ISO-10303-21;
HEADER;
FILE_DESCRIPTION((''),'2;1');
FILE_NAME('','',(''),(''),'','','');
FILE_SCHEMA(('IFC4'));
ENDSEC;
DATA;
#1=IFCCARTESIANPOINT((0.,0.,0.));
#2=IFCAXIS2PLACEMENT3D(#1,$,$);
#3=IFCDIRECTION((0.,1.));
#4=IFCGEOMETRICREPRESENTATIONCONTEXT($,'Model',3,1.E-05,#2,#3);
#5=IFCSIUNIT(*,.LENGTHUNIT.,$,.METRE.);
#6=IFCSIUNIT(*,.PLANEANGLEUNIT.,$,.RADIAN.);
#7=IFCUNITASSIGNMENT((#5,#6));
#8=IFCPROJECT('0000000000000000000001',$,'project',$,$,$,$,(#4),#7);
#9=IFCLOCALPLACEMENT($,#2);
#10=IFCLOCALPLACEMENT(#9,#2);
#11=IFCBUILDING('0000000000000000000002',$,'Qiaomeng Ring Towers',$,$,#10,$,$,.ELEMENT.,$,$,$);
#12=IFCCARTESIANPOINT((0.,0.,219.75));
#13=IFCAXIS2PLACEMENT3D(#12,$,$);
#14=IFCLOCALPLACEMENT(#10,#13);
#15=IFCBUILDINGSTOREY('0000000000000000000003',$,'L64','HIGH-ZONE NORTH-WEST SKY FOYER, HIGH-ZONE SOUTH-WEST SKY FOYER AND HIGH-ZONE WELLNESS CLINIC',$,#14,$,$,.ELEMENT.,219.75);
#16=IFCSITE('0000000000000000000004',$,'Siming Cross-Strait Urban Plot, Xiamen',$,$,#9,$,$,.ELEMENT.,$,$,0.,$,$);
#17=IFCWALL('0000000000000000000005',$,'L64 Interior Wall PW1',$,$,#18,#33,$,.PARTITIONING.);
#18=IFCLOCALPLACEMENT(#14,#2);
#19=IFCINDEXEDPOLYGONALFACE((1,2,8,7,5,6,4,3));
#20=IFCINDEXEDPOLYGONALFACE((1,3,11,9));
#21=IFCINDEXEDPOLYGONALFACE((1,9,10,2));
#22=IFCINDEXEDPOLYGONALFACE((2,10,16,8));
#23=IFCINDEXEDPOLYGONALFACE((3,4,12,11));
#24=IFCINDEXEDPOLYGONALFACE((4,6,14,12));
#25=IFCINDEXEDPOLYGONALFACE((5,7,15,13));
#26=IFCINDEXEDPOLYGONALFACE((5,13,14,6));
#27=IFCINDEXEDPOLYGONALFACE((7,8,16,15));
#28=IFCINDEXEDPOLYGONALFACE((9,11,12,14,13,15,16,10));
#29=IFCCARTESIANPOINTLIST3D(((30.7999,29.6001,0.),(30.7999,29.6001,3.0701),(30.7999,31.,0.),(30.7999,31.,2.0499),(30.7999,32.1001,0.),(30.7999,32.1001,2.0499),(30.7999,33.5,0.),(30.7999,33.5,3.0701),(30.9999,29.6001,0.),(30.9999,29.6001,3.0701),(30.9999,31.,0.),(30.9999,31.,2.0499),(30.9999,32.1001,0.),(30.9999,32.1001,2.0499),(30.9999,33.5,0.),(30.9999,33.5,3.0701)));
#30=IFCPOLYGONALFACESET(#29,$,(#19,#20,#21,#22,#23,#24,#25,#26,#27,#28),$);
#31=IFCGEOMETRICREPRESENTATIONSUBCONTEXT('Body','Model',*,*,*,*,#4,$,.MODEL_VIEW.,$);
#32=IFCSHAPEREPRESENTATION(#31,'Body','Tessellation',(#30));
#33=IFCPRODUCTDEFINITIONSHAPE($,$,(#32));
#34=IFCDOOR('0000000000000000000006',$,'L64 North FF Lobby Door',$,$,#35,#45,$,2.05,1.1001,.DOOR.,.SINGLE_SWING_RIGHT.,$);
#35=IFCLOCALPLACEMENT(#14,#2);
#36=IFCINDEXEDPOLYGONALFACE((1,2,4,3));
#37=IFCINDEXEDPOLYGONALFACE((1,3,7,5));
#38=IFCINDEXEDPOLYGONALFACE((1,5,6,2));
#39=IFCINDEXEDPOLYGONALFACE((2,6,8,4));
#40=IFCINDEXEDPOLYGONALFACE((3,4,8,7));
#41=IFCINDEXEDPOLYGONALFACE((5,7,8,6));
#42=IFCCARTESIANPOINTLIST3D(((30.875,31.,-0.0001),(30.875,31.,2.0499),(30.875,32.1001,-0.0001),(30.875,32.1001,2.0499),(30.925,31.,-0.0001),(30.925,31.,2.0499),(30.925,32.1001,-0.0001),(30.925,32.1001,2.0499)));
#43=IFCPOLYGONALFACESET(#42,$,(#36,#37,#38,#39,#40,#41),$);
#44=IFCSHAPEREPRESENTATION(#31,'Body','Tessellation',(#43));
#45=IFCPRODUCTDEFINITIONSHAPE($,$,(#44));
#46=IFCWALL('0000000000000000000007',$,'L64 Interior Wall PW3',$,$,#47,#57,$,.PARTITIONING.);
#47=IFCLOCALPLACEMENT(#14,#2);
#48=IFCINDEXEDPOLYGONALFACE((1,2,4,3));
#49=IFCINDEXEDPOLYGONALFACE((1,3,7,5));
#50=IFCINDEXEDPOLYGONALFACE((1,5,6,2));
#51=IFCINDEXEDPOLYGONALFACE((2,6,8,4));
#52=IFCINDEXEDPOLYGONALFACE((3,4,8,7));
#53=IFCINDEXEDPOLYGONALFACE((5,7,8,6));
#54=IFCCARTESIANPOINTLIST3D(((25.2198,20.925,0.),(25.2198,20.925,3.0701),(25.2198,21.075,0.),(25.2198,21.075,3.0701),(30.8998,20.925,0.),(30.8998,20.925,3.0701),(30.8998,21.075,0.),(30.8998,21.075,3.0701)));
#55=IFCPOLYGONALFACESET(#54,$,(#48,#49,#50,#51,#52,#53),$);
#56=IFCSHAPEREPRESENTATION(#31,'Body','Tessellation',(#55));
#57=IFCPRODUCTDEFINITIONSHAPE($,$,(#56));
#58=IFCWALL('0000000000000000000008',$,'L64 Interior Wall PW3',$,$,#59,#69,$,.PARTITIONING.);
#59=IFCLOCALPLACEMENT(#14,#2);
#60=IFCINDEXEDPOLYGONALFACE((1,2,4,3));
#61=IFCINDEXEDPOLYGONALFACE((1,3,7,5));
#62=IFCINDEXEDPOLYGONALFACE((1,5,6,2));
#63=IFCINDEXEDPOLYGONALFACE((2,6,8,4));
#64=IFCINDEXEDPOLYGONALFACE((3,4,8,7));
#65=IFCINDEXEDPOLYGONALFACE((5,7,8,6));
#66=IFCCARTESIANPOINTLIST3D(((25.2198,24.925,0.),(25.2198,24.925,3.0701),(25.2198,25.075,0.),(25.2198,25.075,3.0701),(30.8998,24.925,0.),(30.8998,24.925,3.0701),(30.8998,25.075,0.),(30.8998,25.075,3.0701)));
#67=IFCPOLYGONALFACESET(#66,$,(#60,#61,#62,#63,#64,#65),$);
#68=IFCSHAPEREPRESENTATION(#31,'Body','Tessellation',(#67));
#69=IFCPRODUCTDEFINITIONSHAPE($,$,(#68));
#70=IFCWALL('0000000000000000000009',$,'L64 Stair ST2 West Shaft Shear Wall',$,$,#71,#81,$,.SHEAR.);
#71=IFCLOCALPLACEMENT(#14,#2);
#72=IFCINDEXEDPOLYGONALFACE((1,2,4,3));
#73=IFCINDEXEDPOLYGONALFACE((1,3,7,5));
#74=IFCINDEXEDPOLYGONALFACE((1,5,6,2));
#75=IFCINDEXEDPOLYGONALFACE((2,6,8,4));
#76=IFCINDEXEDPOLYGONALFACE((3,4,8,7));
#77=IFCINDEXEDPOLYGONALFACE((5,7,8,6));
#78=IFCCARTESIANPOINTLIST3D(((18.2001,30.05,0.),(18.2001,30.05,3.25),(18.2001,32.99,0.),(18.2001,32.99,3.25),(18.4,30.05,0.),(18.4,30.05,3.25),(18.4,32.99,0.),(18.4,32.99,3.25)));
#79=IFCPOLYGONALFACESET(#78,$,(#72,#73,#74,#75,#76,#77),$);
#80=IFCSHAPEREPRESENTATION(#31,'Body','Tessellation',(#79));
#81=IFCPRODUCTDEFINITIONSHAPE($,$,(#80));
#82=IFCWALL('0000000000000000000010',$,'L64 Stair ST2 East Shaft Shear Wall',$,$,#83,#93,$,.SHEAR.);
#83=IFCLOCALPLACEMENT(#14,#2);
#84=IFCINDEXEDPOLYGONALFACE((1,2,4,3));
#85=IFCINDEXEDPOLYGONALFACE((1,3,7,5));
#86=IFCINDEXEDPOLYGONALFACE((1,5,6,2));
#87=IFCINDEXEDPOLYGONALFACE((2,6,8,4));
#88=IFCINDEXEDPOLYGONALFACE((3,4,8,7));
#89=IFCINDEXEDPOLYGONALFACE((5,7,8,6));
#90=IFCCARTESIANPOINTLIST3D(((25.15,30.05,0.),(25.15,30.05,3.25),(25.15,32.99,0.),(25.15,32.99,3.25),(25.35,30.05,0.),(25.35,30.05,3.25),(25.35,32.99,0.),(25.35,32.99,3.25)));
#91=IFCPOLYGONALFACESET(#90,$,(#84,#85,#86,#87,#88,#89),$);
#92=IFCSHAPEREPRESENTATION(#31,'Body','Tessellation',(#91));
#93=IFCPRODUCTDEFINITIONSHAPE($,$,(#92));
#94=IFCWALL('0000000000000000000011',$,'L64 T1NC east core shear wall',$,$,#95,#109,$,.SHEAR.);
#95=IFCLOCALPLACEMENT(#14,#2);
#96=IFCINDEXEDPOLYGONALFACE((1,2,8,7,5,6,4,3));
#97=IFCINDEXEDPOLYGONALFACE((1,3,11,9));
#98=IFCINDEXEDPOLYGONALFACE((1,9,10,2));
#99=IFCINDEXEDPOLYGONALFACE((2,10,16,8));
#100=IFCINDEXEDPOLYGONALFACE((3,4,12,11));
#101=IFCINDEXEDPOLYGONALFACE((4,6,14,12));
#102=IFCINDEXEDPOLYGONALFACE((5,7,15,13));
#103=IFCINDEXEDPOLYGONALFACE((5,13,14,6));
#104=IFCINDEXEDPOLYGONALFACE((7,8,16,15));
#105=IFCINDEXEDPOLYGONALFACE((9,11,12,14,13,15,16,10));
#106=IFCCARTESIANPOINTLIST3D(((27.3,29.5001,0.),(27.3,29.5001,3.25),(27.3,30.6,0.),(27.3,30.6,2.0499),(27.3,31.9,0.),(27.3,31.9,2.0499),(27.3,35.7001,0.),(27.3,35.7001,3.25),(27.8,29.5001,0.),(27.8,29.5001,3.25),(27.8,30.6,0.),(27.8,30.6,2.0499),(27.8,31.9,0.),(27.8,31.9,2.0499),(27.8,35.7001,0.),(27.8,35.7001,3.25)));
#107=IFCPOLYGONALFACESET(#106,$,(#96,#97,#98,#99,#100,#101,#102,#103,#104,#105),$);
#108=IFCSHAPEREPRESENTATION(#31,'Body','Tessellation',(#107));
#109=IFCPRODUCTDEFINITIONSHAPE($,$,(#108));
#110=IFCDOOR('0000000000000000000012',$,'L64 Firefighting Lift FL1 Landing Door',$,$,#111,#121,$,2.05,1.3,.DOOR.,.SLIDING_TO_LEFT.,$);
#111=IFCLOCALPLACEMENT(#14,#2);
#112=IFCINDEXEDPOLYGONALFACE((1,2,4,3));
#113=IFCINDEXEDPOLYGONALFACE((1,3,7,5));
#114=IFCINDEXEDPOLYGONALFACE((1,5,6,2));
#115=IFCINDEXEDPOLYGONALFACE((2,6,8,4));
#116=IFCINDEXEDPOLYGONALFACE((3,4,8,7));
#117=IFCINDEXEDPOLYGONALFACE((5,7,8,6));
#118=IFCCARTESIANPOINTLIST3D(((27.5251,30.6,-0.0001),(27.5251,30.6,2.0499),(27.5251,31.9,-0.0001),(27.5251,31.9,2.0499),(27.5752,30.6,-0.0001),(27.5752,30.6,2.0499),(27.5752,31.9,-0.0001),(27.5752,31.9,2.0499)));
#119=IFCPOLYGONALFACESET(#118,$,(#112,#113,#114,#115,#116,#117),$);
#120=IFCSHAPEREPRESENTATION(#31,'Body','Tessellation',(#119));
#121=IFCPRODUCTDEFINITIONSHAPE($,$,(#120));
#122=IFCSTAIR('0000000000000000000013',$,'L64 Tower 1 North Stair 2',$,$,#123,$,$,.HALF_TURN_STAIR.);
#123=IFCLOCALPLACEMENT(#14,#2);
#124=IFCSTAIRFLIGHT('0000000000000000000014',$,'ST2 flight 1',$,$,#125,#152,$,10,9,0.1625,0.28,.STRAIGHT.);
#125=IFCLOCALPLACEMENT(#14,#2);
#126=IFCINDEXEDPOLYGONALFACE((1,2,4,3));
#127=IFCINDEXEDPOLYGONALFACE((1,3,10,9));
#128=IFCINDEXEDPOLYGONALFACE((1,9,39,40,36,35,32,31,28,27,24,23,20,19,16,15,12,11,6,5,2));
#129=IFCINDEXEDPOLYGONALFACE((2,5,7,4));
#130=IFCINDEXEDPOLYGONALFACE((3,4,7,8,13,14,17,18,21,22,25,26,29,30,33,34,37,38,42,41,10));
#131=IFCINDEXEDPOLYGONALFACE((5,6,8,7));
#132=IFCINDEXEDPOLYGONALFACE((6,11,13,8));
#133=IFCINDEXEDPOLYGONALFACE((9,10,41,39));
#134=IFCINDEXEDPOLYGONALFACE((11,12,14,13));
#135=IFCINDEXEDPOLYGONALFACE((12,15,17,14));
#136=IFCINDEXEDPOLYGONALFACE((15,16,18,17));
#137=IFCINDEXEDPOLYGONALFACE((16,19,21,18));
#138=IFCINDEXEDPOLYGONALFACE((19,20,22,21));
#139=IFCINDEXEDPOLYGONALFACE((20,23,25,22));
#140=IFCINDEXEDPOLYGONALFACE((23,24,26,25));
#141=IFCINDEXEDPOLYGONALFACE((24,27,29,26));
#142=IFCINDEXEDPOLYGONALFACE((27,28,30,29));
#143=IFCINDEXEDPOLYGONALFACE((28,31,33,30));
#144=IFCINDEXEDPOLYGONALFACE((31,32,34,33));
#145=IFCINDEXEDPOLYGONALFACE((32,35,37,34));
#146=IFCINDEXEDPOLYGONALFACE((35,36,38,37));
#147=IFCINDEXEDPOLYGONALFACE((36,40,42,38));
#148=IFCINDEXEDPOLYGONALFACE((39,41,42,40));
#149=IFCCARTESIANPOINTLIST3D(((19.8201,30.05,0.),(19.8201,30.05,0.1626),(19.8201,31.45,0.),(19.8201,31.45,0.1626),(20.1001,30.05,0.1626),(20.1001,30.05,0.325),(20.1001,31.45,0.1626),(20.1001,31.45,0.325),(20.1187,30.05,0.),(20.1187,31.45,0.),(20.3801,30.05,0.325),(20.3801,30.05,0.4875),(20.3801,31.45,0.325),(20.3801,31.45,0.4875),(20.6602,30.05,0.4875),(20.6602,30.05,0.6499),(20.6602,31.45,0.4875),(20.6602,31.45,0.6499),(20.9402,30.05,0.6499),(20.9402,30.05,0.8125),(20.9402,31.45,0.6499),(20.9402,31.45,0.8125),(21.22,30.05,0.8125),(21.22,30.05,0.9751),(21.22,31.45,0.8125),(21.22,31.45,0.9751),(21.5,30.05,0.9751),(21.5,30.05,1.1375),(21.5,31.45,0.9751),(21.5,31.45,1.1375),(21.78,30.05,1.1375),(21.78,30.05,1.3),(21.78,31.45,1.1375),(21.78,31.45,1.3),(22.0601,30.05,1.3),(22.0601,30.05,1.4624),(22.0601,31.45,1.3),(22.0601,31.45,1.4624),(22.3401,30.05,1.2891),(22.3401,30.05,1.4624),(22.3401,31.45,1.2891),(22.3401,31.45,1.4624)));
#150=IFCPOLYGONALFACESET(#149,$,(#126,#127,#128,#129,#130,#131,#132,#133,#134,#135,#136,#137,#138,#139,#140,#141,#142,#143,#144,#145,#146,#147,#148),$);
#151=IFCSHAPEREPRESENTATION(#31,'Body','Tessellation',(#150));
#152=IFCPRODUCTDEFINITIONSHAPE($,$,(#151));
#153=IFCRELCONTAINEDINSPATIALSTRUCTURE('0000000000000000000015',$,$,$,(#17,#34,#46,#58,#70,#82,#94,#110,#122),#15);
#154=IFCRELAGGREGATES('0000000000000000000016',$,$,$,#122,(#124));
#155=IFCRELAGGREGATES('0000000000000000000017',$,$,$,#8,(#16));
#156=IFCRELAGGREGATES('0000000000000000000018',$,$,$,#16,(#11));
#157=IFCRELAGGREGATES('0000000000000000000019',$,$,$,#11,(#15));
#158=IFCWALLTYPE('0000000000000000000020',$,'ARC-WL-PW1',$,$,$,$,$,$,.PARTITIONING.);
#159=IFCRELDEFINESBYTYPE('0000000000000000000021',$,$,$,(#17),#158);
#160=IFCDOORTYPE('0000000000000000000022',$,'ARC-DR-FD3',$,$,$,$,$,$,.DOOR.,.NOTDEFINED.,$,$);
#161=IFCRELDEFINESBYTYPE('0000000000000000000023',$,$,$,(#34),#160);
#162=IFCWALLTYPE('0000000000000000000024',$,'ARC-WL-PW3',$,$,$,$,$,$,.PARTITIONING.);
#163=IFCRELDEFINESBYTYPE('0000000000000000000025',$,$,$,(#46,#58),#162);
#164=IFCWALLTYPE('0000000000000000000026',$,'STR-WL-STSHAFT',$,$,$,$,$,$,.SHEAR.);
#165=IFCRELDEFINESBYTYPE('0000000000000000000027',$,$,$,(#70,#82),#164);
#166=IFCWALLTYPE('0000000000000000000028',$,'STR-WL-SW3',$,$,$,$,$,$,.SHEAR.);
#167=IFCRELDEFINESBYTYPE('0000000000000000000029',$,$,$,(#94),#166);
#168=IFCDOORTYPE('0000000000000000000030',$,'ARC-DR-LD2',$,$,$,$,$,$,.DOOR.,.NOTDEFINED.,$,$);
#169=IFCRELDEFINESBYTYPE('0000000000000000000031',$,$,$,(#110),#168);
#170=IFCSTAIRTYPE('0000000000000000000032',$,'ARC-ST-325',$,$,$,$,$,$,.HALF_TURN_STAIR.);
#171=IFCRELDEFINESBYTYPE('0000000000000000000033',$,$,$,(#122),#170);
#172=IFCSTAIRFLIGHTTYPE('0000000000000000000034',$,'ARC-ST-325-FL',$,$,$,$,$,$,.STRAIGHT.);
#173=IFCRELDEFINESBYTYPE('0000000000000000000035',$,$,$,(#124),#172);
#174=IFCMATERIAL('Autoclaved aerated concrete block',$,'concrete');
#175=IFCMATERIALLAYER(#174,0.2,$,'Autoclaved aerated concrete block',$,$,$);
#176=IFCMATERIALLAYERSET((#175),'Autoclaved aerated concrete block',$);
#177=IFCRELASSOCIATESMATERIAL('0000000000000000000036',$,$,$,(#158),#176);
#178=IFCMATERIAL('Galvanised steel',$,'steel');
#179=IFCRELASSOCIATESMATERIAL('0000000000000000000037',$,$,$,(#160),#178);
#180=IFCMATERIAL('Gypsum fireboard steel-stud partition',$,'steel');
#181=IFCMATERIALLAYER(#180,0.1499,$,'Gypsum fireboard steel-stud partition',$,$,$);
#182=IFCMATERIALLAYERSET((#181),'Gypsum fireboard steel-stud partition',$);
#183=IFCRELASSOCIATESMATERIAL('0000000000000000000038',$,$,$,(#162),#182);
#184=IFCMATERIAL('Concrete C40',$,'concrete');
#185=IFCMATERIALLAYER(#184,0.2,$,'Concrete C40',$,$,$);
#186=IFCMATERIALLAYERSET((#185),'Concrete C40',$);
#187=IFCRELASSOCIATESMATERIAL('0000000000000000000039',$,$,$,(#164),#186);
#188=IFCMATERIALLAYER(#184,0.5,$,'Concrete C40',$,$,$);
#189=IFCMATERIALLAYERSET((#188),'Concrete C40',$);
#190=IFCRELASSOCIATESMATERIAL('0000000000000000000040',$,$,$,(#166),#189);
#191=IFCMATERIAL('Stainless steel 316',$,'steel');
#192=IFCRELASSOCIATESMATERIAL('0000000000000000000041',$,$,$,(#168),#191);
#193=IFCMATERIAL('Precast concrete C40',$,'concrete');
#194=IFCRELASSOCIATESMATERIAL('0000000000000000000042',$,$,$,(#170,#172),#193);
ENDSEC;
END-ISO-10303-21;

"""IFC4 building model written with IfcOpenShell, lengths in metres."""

from ifc_helpers import new_model, si_unit, direction, frame, frame_2d, origin, place, context, subcontext, project, spatial, polyline, rectangle, outline, extrude, source, transform, mapped, material, layer, layer_set, type_object, element, fill, aggregate, save


model = new_model("IFC4")

# Units and contexts
model_context = context("Model", 3, precision=1e-05, world=origin(), true_north=direction((0.0, 1.0)))
body_context = subcontext(model_context, "Body", "Model", "MODEL_VIEW")
ifc_project = project(units=[si_unit("LENGTHUNIT", "METRE"), si_unit("PLANEANGLEUNIT", "RADIAN")], contexts=[model_context])

# Site, building, storey
site_placement = place(None, origin())
site = spatial("IfcSite", under=ifc_project, at=site_placement, Name="Siming Cross-Strait Urban Plot, Xiamen", CompositionType="ELEMENT", RefElevation=0.0)
building_placement = place(site_placement, origin())
building = spatial("IfcBuilding", under=site, at=building_placement, Name="Qiaomeng Ring Towers", CompositionType="ELEMENT")
storey_placement = place(building_placement, frame((0.0, 0.0, 219.75)))
storey = spatial("IfcBuildingStorey", under=building, at=storey_placement, Name="L64", Description="HIGH-ZONE NORTH-WEST SKY FOYER, HIGH-ZONE SOUTH-WEST SKY FOYER AND HIGH-ZONE WELLNESS CLINIC", CompositionType="ELEMENT", Elevation=219.75)

# Shared definitions
ifc_material_1 = material(Name="Concrete C40", Category="concrete")

# Shared definitions
ifc_material_2 = material(Name="Stainless steel 316", Category="steel")

# Shared definitions
ifc_material_3 = material(Name="Autoclaved aerated concrete block", Category="concrete")
ifc_layer_1 = layer(ifc_material_3, 0.2, Name="Autoclaved aerated concrete block")
ifc_layer_set_1 = layer_set([ifc_layer_1], Name="Autoclaved aerated concrete block")
wall_type_1 = type_object("IfcWallType", Name="ARC-WL-PW1", PredefinedType="PARTITIONING", material=ifc_layer_set_1)

# Wall, opening, door
wall_1_placement = place(storey_placement, frame((30.8999, 29.6001, 0.0), z_axis=(0.0, 0.0, 1.0), x_axis=(0.0, 1.0, 0.0)))
wall_1 = element("IfcWall", 1, at=wall_1_placement, inside=storey, type_object=wall_type_1, Name="L64 Interior Wall PW1", PredefinedType="PARTITIONING", context=body_context, shape_type="SweptSolid", body=[
    extrude(rectangle(XDim=3.8999, YDim=0.2, at=frame_2d((1.95, 0.0))), origin(), (0.0, 0.0, 1.0), 3.0701),
])
opening_1_placement = place(wall_1_placement, frame((1.3999, 0.0, 0.0)))
opening_1 = element("IfcOpeningElement", 2, at=opening_1_placement, cuts=wall_1, PredefinedType="OPENING", context=body_context, shape_type="SweptSolid", body=[
    extrude(rectangle(XDim=1.1001, YDim=2.05, at=frame_2d((0.55, 1.0249))), frame((0.0, 0.1099, 0.0), z_axis=(0.0, -1.0, 0.0), x_axis=(1.0, 0.0, 0.0)), (0.0, 0.0, 1.0), 0.22),
])
ifc_material_4 = material(Name="Galvanised steel", Category="steel")
door_type_1 = type_object("IfcDoorType", Name="ARC-DR-FD3", OperationType="NOTDEFINED", PredefinedType="DOOR", material=ifc_material_4)
shared_shape_1 = source(origin(), body_context, "Body", "SweptSolid", [
    extrude(rectangle(XDim=1.1001, YDim=2.05, at=frame_2d((0.55, 1.0249))), frame((0.0, 0.0249, 0.0), z_axis=(0.0, -1.0, 0.0), x_axis=(1.0, 0.0, 0.0)), (0.0, 0.0, 1.0), 0.05),
])
door_1_placement = place(opening_1_placement, origin())
door_1 = element("IfcDoor", 3, at=door_1_placement, inside=storey, type_object=door_type_1, Name="L64 North FF Lobby Door", OperationType="SINGLE_SWING_RIGHT", OverallHeight=2.05, OverallWidth=1.1001, PredefinedType="DOOR", context=body_context, shape_type="MappedRepresentation", body=[
    mapped(shared_shape_1, transform((0.0, 0.0, 0.0), x_axis=(1.0, 0.0, 0.0), y_axis=(0.0, 1.0, 0.0), z_axis=(0.0, 0.0, 1.0), scale=1.0)),
])
fill(opening_1, door_1)

# Walls
ifc_material_5 = material(Name="Gypsum fireboard steel-stud partition", Category="steel")
ifc_layer_2 = layer(ifc_material_5, 0.1499, Name="Gypsum fireboard steel-stud partition")
ifc_layer_set_2 = layer_set([ifc_layer_2], Name="Gypsum fireboard steel-stud partition")
wall_type_2 = type_object("IfcWallType", Name="ARC-WL-PW3", PredefinedType="PARTITIONING", material=ifc_layer_set_2)
for number, where, z_axis, x_axis, name in (
    (4, (25.22, 21.0, 0.0), (0.0, 0.0, 1.0), (1.0, 0.0, 0.0), "L64 Interior Wall PW3"),
    (5, (25.22, 25.0, 0.0), (0.0, 0.0, 1.0), (1.0, 0.0, 0.0), "L64 Interior Wall PW3"),
):
    element("IfcWall", number, at=place(storey_placement, frame(where, z_axis=z_axis, x_axis=x_axis)), inside=storey, type_object=wall_type_2, Name=name, PredefinedType="PARTITIONING", context=body_context, shape_type="SweptSolid", body=[
        extrude(rectangle(XDim=5.6799, YDim=0.1499, at=frame_2d((2.8398, 0.0))), origin(), (0.0, 0.0, 1.0), 3.0701),
    ])
ifc_layer_3 = layer(ifc_material_1, 0.2, Name="Concrete C40")
ifc_layer_set_3 = layer_set([ifc_layer_3], Name="Concrete C40")
wall_type_3 = type_object("IfcWallType", Name="STR-WL-STSHAFT", PredefinedType="SHEAR", material=ifc_layer_set_3)
for number, where, z_axis, x_axis, name in (
    (6, (18.3, 30.05, 0.0), (0.0, 0.0, 1.0), (0.0, 1.0, 0.0), "L64 Stair ST2 West Shaft Shear Wall"),
    (7, (25.25, 30.05, 0.0), (0.0, 0.0, 1.0), (0.0, 1.0, 0.0), "L64 Stair ST2 East Shaft Shear Wall"),
):
    element("IfcWall", number, at=place(storey_placement, frame(where, z_axis=z_axis, x_axis=x_axis)), inside=storey, type_object=wall_type_3, Name=name, PredefinedType="SHEAR", context=body_context, shape_type="SweptSolid", body=[
        extrude(rectangle(XDim=2.9399, YDim=0.2, at=frame_2d((1.47, 0.0))), origin(), (0.0, 0.0, 1.0), 3.25),
    ])

# Wall, opening, door
ifc_layer_4 = layer(ifc_material_1, 0.5, Name="Concrete C40")
ifc_layer_set_4 = layer_set([ifc_layer_4], Name="Concrete C40")
wall_type_4 = type_object("IfcWallType", Name="STR-WL-SW3", PredefinedType="SHEAR", material=ifc_layer_set_4)
wall_2_placement = place(storey_placement, frame((27.55, 29.5, 0.0), z_axis=(0.0, 0.0, 1.0), x_axis=(0.0, 1.0, 0.0)))
wall_2 = element("IfcWall", 8, at=wall_2_placement, inside=storey, type_object=wall_type_4, Name="L64 T1NC east core shear wall", PredefinedType="SHEAR", context=body_context, shape_type="SweptSolid", body=[
    extrude(rectangle(XDim=6.2, YDim=0.5, at=frame_2d((3.1001, 0.0))), origin(), (0.0, 0.0, 1.0), 3.25),
])
opening_2_placement = place(wall_2_placement, frame((1.1001, 0.0, 0.0)))
opening_2 = element("IfcOpeningElement", 9, at=opening_2_placement, cuts=wall_2, PredefinedType="OPENING", context=body_context, shape_type="SweptSolid", body=[
    extrude(rectangle(XDim=1.3, YDim=2.05, at=frame_2d((0.6499, 1.0249))), frame((0.0, 0.26, 0.0), z_axis=(0.0, -1.0, 0.0), x_axis=(1.0, 0.0, 0.0)), (0.0, 0.0, 1.0), 0.52),
])
door_type_2 = type_object("IfcDoorType", Name="ARC-DR-LD2", OperationType="NOTDEFINED", PredefinedType="DOOR", material=ifc_material_2)
shared_shape_2 = source(origin(), body_context, "Body", "SweptSolid", [
    extrude(rectangle(XDim=1.3, YDim=2.05, at=frame_2d((0.6499, 1.0249))), frame((0.0, 0.0249, 0.0), z_axis=(0.0, -1.0, 0.0), x_axis=(1.0, 0.0, 0.0)), (0.0, 0.0, 1.0), 0.05),
])
door_2_placement = place(opening_2_placement, origin())
door_2 = element("IfcDoor", 10, at=door_2_placement, inside=storey, type_object=door_type_2, Name="L64 Firefighting Lift FL1 Landing Door", OperationType="SLIDING_TO_LEFT", OverallHeight=2.05, OverallWidth=1.3, PredefinedType="DOOR", context=body_context, shape_type="MappedRepresentation", body=[
    mapped(shared_shape_2, transform((0.0, 0.0, 0.0), x_axis=(1.0, 0.0, 0.0), y_axis=(0.0, 1.0, 0.0), z_axis=(0.0, 0.0, 1.0), scale=1.0)),
])
fill(opening_2, door_2)

# Stair, stair flight
ifc_material_6 = material(Name="Precast concrete C40", Category="concrete")
stair_type = type_object("IfcStairType", Name="ARC-ST-325", PredefinedType="HALF_TURN_STAIR", material=ifc_material_6)
stair_placement = place(storey_placement, origin())
stair = element("IfcStair", 11, at=stair_placement, inside=storey, type_object=stair_type, Name="L64 Tower 1 North Stair 2", PredefinedType="HALF_TURN_STAIR")
stair_flight_type = type_object("IfcStairFlightType", Name="ARC-ST-325-FL", PredefinedType="STRAIGHT", material=ifc_material_6)
shared_shape_3 = source(origin(), body_context, "Body", "SweptSolid", [
    extrude(outline(polyline([(0.0, 0.0), (0.0, 0.1626), (0.28, 0.1626), (0.28, 0.325), (0.5601, 0.325), (0.5601, 0.4875), (0.8401, 0.4875), (0.8401, 0.6499), (1.1201, 0.6499), (1.1201, 0.8125), (1.3999, 0.8125), (1.3999, 0.9751), (1.6799, 0.9751), (1.6799, 1.1375), (1.96, 1.1375), (1.96, 1.3), (2.24, 1.3), (2.24, 1.4624), (2.52, 1.4624), (2.52, 1.625), (2.52, 1.2891), (0.2986, 0.0), (0.0, 0.0)])), frame((0.0, 0.7, 0.0), z_axis=(0.0, -1.0, 0.0), x_axis=(1.0, 0.0, 0.0)), (0.0, 0.0, 1.0), 1.3999),
])
stair_flight_placement = place(storey_placement, frame((19.8201, 30.75, 0.0), z_axis=(0.0, 0.0, 1.0), x_axis=(1.0, 0.0, 0.0)))
stair_flight = element("IfcStairFlight", 12, at=stair_flight_placement, type_object=stair_flight_type, Name="ST2 flight 1", NumberOfRisers=10, NumberOfTreads=9, PredefinedType="STRAIGHT", RiserHeight=0.1625, TreadLength=0.28, context=body_context, shape_type="MappedRepresentation", body=[
    mapped(shared_shape_3, transform((0.0, 0.0, 0.0), x_axis=(1.0, 0.0, 0.0), y_axis=(0.0, 1.0, 0.0), z_axis=(0.0, 0.0, 1.0), scale=1.0)),
])
aggregate(stair, [stair_flight])

save(model, "model.ifc")
